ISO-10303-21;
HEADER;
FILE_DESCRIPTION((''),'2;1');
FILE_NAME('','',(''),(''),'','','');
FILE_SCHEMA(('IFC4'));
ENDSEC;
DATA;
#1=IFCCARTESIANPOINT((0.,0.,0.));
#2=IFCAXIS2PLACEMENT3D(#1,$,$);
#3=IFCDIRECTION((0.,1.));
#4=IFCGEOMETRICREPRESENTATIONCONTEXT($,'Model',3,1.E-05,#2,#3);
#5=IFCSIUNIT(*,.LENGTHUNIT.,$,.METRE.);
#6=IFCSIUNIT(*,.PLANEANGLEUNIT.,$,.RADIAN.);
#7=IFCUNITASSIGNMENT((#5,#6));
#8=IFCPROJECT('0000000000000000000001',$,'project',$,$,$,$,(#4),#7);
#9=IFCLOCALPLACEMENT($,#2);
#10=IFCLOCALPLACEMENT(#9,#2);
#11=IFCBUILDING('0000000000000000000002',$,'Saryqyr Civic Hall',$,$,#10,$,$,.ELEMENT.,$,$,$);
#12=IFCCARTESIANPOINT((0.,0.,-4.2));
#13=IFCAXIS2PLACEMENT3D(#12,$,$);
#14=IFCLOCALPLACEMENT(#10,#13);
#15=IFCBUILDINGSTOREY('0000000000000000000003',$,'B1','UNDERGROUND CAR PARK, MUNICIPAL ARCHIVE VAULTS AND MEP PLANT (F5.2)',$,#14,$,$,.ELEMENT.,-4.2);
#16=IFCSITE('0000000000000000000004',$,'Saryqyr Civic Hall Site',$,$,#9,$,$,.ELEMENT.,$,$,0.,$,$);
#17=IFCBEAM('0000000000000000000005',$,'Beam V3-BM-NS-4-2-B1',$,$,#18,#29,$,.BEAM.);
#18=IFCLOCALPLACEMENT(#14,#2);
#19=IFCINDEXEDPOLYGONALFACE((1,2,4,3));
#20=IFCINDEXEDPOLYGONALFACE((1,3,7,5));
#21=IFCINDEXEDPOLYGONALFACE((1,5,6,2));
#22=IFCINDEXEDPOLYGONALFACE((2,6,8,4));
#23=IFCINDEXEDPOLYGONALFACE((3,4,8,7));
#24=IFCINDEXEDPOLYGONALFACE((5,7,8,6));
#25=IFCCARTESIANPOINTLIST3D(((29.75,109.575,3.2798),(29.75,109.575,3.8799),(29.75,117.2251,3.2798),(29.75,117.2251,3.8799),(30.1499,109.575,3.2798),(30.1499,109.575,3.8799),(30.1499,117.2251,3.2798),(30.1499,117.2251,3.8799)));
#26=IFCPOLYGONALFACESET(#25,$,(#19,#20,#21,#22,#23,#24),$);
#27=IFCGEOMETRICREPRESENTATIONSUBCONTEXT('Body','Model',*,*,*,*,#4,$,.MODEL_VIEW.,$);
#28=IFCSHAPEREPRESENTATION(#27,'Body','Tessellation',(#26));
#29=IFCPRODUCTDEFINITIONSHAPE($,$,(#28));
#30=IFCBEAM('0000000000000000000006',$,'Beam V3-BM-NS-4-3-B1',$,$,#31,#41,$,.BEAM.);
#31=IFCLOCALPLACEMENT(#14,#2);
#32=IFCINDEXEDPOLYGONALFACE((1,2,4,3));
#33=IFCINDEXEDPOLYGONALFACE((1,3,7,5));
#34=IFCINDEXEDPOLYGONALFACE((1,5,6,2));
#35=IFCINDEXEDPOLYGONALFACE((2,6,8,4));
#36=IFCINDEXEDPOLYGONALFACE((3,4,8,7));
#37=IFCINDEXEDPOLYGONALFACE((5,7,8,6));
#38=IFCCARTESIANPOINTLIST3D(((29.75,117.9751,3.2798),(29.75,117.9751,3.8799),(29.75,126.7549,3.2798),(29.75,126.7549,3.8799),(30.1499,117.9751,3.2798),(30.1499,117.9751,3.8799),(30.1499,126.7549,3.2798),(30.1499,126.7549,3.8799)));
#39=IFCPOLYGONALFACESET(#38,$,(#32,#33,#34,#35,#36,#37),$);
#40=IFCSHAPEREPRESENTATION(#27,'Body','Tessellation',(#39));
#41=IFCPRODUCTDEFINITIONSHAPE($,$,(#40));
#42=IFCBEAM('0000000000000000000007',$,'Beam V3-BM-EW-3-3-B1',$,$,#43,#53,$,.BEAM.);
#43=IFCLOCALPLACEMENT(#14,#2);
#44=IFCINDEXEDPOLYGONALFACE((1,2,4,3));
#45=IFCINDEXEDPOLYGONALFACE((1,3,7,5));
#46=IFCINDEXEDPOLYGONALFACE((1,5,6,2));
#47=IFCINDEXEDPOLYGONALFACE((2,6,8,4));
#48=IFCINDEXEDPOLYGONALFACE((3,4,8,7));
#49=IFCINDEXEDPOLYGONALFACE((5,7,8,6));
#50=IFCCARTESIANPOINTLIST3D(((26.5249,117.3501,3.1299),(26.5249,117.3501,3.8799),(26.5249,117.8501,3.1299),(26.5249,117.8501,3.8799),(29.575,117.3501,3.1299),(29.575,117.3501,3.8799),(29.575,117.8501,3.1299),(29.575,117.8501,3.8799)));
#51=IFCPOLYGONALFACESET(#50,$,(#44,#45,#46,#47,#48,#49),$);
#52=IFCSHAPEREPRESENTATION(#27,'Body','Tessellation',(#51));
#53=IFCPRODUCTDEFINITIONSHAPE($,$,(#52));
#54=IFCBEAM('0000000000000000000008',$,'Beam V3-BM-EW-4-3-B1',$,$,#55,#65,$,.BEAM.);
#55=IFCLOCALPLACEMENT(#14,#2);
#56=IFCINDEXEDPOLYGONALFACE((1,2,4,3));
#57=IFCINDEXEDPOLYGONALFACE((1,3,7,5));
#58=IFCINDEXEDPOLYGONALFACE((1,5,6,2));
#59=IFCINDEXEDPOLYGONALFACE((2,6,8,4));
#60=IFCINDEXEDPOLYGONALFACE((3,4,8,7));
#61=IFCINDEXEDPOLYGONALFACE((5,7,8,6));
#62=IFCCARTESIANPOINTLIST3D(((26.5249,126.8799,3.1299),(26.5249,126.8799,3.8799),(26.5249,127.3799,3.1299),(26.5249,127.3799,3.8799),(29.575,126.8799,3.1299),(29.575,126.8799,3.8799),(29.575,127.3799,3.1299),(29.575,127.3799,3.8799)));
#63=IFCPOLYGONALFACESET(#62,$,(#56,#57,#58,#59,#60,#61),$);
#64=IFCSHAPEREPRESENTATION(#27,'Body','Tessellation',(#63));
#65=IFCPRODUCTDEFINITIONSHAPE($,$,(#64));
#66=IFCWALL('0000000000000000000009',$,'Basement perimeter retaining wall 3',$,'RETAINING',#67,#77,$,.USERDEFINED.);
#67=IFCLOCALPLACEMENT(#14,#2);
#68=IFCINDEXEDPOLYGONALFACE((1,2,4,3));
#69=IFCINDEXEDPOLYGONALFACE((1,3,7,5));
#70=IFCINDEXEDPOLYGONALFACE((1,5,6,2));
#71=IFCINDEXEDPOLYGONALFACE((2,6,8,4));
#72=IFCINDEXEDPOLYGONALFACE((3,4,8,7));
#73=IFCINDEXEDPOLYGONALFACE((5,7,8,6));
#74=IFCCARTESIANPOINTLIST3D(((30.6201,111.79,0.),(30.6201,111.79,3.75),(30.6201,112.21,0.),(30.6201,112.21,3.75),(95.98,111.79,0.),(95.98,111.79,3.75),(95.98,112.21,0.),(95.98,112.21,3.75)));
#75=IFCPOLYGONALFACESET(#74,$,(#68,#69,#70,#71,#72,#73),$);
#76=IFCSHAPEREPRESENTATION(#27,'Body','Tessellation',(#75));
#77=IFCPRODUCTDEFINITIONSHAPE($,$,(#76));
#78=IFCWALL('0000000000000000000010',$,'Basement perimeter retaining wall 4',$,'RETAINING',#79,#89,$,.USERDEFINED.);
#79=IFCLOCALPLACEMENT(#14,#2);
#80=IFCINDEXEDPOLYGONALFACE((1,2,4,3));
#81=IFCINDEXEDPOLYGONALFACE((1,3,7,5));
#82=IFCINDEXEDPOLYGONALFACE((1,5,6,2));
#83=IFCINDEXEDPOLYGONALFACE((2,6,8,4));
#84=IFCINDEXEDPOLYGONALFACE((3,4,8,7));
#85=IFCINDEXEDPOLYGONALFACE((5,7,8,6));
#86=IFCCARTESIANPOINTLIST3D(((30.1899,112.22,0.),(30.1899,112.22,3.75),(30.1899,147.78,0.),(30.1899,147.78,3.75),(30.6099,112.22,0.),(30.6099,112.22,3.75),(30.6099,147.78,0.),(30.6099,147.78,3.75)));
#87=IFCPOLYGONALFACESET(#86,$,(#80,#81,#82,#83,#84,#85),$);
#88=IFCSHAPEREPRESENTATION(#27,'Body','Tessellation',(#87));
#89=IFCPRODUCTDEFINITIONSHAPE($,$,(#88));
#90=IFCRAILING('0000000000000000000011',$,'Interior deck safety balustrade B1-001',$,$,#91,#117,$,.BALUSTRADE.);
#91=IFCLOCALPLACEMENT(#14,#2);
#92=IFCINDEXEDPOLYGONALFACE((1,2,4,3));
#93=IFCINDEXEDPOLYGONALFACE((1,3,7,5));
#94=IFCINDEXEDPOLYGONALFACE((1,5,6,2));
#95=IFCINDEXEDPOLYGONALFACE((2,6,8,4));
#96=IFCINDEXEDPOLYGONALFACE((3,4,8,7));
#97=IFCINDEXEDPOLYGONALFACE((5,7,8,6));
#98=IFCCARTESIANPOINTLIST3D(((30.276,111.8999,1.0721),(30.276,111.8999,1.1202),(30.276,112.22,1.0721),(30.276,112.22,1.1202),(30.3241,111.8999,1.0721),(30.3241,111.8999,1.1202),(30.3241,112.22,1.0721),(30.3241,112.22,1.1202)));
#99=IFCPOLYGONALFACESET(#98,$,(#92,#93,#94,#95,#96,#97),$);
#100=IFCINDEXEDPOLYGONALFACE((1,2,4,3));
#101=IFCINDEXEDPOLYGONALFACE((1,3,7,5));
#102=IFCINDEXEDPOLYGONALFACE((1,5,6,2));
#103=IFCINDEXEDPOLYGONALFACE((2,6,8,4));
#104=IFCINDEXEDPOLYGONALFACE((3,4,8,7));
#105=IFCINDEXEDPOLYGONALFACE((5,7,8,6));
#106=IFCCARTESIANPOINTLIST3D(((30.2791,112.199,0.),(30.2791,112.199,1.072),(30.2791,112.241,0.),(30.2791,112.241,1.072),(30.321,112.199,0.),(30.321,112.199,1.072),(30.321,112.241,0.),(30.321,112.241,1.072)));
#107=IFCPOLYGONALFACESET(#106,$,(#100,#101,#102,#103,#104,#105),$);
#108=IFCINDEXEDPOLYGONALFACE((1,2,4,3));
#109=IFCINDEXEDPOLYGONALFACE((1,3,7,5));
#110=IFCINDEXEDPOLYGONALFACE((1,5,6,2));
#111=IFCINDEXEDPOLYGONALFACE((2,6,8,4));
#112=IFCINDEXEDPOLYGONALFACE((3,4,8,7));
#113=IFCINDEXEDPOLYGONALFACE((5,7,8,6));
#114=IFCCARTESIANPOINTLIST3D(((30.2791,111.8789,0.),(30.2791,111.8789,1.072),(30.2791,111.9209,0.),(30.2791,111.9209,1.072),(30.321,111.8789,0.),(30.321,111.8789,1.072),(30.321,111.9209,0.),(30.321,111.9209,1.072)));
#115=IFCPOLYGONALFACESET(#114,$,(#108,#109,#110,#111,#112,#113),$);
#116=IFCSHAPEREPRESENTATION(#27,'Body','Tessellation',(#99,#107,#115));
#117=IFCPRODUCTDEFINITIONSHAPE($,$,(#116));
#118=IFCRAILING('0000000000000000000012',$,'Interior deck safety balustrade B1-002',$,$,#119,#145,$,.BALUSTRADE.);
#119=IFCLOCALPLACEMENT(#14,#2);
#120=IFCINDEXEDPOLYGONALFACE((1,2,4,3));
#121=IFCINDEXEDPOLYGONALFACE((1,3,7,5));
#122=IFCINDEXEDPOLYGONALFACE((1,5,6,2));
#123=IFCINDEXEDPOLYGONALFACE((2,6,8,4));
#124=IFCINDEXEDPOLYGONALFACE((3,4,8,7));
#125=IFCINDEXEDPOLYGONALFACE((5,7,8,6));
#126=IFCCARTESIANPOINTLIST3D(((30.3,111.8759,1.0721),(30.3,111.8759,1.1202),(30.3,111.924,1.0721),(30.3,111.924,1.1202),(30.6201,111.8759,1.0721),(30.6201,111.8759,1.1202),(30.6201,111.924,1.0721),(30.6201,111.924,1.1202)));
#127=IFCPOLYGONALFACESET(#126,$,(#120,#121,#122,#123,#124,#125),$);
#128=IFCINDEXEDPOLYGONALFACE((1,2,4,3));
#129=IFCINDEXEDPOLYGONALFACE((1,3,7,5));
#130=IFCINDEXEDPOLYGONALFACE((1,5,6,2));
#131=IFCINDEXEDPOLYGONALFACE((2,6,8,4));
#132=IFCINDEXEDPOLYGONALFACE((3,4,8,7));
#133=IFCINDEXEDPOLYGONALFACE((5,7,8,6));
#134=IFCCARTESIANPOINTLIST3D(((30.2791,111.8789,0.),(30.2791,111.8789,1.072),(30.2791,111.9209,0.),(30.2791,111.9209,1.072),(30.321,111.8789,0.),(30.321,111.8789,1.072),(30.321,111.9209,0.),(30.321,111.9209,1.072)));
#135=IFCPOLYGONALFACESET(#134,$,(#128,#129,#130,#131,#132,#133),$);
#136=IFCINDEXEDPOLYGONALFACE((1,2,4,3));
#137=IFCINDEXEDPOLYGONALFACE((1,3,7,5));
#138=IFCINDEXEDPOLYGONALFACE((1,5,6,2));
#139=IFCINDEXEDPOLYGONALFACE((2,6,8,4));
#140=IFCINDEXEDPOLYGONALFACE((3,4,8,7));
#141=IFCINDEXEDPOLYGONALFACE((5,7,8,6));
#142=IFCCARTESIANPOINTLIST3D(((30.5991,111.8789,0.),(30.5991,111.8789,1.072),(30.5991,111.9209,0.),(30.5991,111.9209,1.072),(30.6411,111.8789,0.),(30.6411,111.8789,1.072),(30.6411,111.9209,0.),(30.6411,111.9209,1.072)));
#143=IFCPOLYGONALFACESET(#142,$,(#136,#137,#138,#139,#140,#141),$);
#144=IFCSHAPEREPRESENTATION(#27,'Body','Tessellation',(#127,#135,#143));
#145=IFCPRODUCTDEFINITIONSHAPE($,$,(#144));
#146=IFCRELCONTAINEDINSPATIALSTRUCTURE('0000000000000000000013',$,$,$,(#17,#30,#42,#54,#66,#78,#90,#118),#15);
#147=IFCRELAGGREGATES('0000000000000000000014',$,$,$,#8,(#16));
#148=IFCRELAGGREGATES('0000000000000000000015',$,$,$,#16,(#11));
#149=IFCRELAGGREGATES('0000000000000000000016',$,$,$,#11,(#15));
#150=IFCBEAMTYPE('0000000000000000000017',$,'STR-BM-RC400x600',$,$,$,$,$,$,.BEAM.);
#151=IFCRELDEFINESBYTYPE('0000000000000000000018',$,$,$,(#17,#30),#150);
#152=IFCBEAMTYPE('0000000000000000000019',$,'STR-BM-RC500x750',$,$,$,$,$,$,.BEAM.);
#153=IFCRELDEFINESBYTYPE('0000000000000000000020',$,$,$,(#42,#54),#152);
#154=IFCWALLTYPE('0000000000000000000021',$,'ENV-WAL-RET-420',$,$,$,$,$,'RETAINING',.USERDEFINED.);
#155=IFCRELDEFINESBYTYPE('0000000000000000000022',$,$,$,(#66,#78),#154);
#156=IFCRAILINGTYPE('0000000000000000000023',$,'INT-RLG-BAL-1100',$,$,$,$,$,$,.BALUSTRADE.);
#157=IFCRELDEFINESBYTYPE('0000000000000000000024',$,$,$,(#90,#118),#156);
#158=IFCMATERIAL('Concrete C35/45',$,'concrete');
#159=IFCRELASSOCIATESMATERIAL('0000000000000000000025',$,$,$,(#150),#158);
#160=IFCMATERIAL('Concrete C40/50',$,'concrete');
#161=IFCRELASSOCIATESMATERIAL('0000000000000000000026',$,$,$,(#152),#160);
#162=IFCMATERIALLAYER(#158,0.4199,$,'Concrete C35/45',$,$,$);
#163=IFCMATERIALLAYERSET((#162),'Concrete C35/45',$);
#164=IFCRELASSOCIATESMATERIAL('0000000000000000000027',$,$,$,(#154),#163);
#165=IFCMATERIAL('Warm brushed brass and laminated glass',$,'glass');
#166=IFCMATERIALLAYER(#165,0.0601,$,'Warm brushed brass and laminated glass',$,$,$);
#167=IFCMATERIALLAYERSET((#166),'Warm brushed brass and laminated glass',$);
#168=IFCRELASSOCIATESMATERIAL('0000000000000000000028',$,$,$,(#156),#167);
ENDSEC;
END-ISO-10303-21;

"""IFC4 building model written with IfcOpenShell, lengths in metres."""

from ifc_helpers import new_model, si_unit, direction, frame, frame_2d, origin, origin_2d, place, context, subcontext, project, spatial, rectangle, extrude, material, layer, layer_set, material_profile, profile_set, type_object, element, save


model = new_model("IFC4")

# Units and contexts
model_context = context("Model", 3, precision=1e-05, world=origin(), true_north=direction((0.0, 1.0)))
body_context = subcontext(model_context, "Body", "Model", "MODEL_VIEW")
ifc_project = project(units=[si_unit("LENGTHUNIT", "METRE"), si_unit("PLANEANGLEUNIT", "RADIAN")], contexts=[model_context])

# Site, building, storey
site_placement = place(None, origin())
site = spatial("IfcSite", under=ifc_project, at=site_placement, Name="Saryqyr Civic Hall Site", CompositionType="ELEMENT", RefElevation=0.0)
building_placement = place(site_placement, origin())
building = spatial("IfcBuilding", under=site, at=building_placement, Name="Saryqyr Civic Hall", CompositionType="ELEMENT")
storey_placement = place(building_placement, frame((0.0, 0.0, -4.2)))
storey = spatial("IfcBuildingStorey", under=building, at=storey_placement, Name="B1", Description="UNDERGROUND CAR PARK, MUNICIPAL ARCHIVE VAULTS AND MEP PLANT (F5.2)", CompositionType="ELEMENT", Elevation=-4.2)

# Shared definitions
ifc_material_1 = material(Name="Concrete C35/45", Category="concrete")

# Shared definitions
ifc_material_2 = material(Name="Concrete C40/50", Category="concrete")

# Beams
ifc_material_profile_1 = material_profile(ifc_material_1, rectangle(XDim=0.3999, YDim=0.6001, at=origin_2d()), Name="RC 400x600")
ifc_profile_set_1 = profile_set([ifc_material_profile_1], Name="Concrete C35/45")
beam_type_1 = type_object("IfcBeamType", Name="STR-BM-RC400x600", PredefinedType="BEAM", material=ifc_profile_set_1)
beam_1_placement = place(storey_placement, frame((29.95, 109.575, 3.5798), z_axis=(0.0, 1.0, 0.0), x_axis=(-1.0, 0.0, 0.0)))
element("IfcBeam", 1, at=beam_1_placement, inside=storey, type_object=beam_type_1, Name="Beam V3-BM-NS-4-2-B1", PredefinedType="BEAM", context=body_context, shape_type="SweptSolid", body=[
    extrude(rectangle(XDim=0.3999, YDim=0.6001, at=origin_2d()), origin(), (0.0, 0.0, 1.0), 7.6501),
])
beam_2_placement = place(storey_placement, frame((29.95, 117.9751, 3.5798), z_axis=(0.0, 1.0, 0.0), x_axis=(-1.0, 0.0, 0.0)))
element("IfcBeam", 2, at=beam_2_placement, inside=storey, type_object=beam_type_1, Name="Beam V3-BM-NS-4-3-B1", PredefinedType="BEAM", context=body_context, shape_type="SweptSolid", body=[
    extrude(rectangle(XDim=0.3999, YDim=0.6001, at=origin_2d()), origin(), (0.0, 0.0, 1.0), 8.7798),
])
ifc_material_profile_2 = material_profile(ifc_material_2, rectangle(XDim=0.5, YDim=0.75, at=origin_2d()), Name="RC 500x750")
ifc_profile_set_2 = profile_set([ifc_material_profile_2], Name="Concrete C40/50")
beam_type_2 = type_object("IfcBeamType", Name="STR-BM-RC500x750", PredefinedType="BEAM", material=ifc_profile_set_2)
for number, where, z_axis, x_axis, name in (
    (3, (26.5249, 117.6001, 3.5049), (1.0, 0.0, 0.0), (0.0, 1.0, 0.0), "Beam V3-BM-EW-3-3-B1"),
    (4, (26.5249, 127.1299, 3.5049), (1.0, 0.0, 0.0), (0.0, 1.0, 0.0), "Beam V3-BM-EW-4-3-B1"),
):
    element("IfcBeam", number, at=place(storey_placement, frame(where, z_axis=z_axis, x_axis=x_axis)), inside=storey, type_object=beam_type_2, Name=name, PredefinedType="BEAM", context=body_context, shape_type="SweptSolid", body=[
        extrude(rectangle(XDim=0.5, YDim=0.75, at=origin_2d()), origin(), (0.0, 0.0, 1.0), 3.05),
    ])

# Walls
ifc_layer_1 = layer(ifc_material_1, 0.4199, Name="Concrete C35/45")
ifc_layer_set_1 = layer_set([ifc_layer_1], Name="Concrete C35/45")
wall_type = type_object("IfcWallType", Name="ENV-WAL-RET-420", ElementType="RETAINING", PredefinedType="USERDEFINED", material=ifc_layer_set_1)
wall_1_placement = place(storey_placement, frame((30.6201, 112.0, 0.0), z_axis=(0.0, 0.0, 1.0), x_axis=(1.0, 0.0, 0.0)))
element("IfcWall", 5, at=wall_1_placement, inside=storey, type_object=wall_type, Name="Basement perimeter retaining wall 3", ObjectType="RETAINING", PredefinedType="USERDEFINED", context=body_context, shape_type="SweptSolid", body=[
    extrude(rectangle(XDim=65.3599, YDim=0.4199, at=frame_2d((32.6799, 0.0))), origin(), (0.0, 0.0, 1.0), 3.75),
])
wall_2_placement = place(storey_placement, frame((30.3999, 112.22, 0.0), z_axis=(0.0, 0.0, 1.0), x_axis=(0.0, 1.0, 0.0)))
element("IfcWall", 6, at=wall_2_placement, inside=storey, type_object=wall_type, Name="Basement perimeter retaining wall 4", ObjectType="RETAINING", PredefinedType="USERDEFINED", context=body_context, shape_type="SweptSolid", body=[
    extrude(rectangle(XDim=35.5601, YDim=0.4199, at=frame_2d((17.78, 0.0))), origin(), (0.0, 0.0, 1.0), 3.75),
])

# Railings
ifc_material_3 = material(Name="Warm brushed brass and laminated glass", Category="glass")
ifc_layer_2 = layer(ifc_material_3, 0.0601, Name="Warm brushed brass and laminated glass")
ifc_layer_set_2 = layer_set([ifc_layer_2], Name="Warm brushed brass and laminated glass")
railing_type = type_object("IfcRailingType", Name="INT-RLG-BAL-1100", PredefinedType="BALUSTRADE", material=ifc_layer_set_2)
railing_1_placement = place(storey_placement, frame((30.3, 112.22, 0.0)))
element("IfcRailing", 7, at=railing_1_placement, inside=storey, type_object=railing_type, Name="Interior deck safety balustrade B1-001", PredefinedType="BALUSTRADE", context=body_context, shape_type="SweptSolid", body=[
    extrude(rectangle(XDim=0.0481, YDim=0.0481, at=origin_2d()), frame((0.0, 0.0, 1.0962), z_axis=(0.0, -1.0, 0.0), x_axis=(1.0, 0.0, 0.0)), (0.0, 0.0, 1.0), 0.3201),
    extrude(rectangle(XDim=0.042, YDim=0.042, at=origin_2d()), origin(), (0.0, 0.0, 1.0), 1.072),
    extrude(rectangle(XDim=0.042, YDim=0.042, at=origin_2d()), frame((0.0, -0.3201, 0.0)), (0.0, 0.0, 1.0), 1.072),
])
railing_2_placement = place(storey_placement, frame((30.3, 111.8999, 0.0)))
element("IfcRailing", 8, at=railing_2_placement, inside=storey, type_object=railing_type, Name="Interior deck safety balustrade B1-002", PredefinedType="BALUSTRADE", context=body_context, shape_type="SweptSolid", body=[
    extrude(rectangle(XDim=0.0481, YDim=0.0481, at=origin_2d()), frame((0.0, 0.0, 1.0962), z_axis=(1.0, 0.0, 0.0), x_axis=(0.0, 1.0, 0.0)), (0.0, 0.0, 1.0), 0.3201),
    extrude(rectangle(XDim=0.042, YDim=0.042, at=origin_2d()), origin(), (0.0, 0.0, 1.0), 1.072),
    extrude(rectangle(XDim=0.042, YDim=0.042, at=origin_2d()), frame((0.3201, 0.0, 0.0)), (0.0, 0.0, 1.0), 1.072),
])

save(model, "model.ifc")
